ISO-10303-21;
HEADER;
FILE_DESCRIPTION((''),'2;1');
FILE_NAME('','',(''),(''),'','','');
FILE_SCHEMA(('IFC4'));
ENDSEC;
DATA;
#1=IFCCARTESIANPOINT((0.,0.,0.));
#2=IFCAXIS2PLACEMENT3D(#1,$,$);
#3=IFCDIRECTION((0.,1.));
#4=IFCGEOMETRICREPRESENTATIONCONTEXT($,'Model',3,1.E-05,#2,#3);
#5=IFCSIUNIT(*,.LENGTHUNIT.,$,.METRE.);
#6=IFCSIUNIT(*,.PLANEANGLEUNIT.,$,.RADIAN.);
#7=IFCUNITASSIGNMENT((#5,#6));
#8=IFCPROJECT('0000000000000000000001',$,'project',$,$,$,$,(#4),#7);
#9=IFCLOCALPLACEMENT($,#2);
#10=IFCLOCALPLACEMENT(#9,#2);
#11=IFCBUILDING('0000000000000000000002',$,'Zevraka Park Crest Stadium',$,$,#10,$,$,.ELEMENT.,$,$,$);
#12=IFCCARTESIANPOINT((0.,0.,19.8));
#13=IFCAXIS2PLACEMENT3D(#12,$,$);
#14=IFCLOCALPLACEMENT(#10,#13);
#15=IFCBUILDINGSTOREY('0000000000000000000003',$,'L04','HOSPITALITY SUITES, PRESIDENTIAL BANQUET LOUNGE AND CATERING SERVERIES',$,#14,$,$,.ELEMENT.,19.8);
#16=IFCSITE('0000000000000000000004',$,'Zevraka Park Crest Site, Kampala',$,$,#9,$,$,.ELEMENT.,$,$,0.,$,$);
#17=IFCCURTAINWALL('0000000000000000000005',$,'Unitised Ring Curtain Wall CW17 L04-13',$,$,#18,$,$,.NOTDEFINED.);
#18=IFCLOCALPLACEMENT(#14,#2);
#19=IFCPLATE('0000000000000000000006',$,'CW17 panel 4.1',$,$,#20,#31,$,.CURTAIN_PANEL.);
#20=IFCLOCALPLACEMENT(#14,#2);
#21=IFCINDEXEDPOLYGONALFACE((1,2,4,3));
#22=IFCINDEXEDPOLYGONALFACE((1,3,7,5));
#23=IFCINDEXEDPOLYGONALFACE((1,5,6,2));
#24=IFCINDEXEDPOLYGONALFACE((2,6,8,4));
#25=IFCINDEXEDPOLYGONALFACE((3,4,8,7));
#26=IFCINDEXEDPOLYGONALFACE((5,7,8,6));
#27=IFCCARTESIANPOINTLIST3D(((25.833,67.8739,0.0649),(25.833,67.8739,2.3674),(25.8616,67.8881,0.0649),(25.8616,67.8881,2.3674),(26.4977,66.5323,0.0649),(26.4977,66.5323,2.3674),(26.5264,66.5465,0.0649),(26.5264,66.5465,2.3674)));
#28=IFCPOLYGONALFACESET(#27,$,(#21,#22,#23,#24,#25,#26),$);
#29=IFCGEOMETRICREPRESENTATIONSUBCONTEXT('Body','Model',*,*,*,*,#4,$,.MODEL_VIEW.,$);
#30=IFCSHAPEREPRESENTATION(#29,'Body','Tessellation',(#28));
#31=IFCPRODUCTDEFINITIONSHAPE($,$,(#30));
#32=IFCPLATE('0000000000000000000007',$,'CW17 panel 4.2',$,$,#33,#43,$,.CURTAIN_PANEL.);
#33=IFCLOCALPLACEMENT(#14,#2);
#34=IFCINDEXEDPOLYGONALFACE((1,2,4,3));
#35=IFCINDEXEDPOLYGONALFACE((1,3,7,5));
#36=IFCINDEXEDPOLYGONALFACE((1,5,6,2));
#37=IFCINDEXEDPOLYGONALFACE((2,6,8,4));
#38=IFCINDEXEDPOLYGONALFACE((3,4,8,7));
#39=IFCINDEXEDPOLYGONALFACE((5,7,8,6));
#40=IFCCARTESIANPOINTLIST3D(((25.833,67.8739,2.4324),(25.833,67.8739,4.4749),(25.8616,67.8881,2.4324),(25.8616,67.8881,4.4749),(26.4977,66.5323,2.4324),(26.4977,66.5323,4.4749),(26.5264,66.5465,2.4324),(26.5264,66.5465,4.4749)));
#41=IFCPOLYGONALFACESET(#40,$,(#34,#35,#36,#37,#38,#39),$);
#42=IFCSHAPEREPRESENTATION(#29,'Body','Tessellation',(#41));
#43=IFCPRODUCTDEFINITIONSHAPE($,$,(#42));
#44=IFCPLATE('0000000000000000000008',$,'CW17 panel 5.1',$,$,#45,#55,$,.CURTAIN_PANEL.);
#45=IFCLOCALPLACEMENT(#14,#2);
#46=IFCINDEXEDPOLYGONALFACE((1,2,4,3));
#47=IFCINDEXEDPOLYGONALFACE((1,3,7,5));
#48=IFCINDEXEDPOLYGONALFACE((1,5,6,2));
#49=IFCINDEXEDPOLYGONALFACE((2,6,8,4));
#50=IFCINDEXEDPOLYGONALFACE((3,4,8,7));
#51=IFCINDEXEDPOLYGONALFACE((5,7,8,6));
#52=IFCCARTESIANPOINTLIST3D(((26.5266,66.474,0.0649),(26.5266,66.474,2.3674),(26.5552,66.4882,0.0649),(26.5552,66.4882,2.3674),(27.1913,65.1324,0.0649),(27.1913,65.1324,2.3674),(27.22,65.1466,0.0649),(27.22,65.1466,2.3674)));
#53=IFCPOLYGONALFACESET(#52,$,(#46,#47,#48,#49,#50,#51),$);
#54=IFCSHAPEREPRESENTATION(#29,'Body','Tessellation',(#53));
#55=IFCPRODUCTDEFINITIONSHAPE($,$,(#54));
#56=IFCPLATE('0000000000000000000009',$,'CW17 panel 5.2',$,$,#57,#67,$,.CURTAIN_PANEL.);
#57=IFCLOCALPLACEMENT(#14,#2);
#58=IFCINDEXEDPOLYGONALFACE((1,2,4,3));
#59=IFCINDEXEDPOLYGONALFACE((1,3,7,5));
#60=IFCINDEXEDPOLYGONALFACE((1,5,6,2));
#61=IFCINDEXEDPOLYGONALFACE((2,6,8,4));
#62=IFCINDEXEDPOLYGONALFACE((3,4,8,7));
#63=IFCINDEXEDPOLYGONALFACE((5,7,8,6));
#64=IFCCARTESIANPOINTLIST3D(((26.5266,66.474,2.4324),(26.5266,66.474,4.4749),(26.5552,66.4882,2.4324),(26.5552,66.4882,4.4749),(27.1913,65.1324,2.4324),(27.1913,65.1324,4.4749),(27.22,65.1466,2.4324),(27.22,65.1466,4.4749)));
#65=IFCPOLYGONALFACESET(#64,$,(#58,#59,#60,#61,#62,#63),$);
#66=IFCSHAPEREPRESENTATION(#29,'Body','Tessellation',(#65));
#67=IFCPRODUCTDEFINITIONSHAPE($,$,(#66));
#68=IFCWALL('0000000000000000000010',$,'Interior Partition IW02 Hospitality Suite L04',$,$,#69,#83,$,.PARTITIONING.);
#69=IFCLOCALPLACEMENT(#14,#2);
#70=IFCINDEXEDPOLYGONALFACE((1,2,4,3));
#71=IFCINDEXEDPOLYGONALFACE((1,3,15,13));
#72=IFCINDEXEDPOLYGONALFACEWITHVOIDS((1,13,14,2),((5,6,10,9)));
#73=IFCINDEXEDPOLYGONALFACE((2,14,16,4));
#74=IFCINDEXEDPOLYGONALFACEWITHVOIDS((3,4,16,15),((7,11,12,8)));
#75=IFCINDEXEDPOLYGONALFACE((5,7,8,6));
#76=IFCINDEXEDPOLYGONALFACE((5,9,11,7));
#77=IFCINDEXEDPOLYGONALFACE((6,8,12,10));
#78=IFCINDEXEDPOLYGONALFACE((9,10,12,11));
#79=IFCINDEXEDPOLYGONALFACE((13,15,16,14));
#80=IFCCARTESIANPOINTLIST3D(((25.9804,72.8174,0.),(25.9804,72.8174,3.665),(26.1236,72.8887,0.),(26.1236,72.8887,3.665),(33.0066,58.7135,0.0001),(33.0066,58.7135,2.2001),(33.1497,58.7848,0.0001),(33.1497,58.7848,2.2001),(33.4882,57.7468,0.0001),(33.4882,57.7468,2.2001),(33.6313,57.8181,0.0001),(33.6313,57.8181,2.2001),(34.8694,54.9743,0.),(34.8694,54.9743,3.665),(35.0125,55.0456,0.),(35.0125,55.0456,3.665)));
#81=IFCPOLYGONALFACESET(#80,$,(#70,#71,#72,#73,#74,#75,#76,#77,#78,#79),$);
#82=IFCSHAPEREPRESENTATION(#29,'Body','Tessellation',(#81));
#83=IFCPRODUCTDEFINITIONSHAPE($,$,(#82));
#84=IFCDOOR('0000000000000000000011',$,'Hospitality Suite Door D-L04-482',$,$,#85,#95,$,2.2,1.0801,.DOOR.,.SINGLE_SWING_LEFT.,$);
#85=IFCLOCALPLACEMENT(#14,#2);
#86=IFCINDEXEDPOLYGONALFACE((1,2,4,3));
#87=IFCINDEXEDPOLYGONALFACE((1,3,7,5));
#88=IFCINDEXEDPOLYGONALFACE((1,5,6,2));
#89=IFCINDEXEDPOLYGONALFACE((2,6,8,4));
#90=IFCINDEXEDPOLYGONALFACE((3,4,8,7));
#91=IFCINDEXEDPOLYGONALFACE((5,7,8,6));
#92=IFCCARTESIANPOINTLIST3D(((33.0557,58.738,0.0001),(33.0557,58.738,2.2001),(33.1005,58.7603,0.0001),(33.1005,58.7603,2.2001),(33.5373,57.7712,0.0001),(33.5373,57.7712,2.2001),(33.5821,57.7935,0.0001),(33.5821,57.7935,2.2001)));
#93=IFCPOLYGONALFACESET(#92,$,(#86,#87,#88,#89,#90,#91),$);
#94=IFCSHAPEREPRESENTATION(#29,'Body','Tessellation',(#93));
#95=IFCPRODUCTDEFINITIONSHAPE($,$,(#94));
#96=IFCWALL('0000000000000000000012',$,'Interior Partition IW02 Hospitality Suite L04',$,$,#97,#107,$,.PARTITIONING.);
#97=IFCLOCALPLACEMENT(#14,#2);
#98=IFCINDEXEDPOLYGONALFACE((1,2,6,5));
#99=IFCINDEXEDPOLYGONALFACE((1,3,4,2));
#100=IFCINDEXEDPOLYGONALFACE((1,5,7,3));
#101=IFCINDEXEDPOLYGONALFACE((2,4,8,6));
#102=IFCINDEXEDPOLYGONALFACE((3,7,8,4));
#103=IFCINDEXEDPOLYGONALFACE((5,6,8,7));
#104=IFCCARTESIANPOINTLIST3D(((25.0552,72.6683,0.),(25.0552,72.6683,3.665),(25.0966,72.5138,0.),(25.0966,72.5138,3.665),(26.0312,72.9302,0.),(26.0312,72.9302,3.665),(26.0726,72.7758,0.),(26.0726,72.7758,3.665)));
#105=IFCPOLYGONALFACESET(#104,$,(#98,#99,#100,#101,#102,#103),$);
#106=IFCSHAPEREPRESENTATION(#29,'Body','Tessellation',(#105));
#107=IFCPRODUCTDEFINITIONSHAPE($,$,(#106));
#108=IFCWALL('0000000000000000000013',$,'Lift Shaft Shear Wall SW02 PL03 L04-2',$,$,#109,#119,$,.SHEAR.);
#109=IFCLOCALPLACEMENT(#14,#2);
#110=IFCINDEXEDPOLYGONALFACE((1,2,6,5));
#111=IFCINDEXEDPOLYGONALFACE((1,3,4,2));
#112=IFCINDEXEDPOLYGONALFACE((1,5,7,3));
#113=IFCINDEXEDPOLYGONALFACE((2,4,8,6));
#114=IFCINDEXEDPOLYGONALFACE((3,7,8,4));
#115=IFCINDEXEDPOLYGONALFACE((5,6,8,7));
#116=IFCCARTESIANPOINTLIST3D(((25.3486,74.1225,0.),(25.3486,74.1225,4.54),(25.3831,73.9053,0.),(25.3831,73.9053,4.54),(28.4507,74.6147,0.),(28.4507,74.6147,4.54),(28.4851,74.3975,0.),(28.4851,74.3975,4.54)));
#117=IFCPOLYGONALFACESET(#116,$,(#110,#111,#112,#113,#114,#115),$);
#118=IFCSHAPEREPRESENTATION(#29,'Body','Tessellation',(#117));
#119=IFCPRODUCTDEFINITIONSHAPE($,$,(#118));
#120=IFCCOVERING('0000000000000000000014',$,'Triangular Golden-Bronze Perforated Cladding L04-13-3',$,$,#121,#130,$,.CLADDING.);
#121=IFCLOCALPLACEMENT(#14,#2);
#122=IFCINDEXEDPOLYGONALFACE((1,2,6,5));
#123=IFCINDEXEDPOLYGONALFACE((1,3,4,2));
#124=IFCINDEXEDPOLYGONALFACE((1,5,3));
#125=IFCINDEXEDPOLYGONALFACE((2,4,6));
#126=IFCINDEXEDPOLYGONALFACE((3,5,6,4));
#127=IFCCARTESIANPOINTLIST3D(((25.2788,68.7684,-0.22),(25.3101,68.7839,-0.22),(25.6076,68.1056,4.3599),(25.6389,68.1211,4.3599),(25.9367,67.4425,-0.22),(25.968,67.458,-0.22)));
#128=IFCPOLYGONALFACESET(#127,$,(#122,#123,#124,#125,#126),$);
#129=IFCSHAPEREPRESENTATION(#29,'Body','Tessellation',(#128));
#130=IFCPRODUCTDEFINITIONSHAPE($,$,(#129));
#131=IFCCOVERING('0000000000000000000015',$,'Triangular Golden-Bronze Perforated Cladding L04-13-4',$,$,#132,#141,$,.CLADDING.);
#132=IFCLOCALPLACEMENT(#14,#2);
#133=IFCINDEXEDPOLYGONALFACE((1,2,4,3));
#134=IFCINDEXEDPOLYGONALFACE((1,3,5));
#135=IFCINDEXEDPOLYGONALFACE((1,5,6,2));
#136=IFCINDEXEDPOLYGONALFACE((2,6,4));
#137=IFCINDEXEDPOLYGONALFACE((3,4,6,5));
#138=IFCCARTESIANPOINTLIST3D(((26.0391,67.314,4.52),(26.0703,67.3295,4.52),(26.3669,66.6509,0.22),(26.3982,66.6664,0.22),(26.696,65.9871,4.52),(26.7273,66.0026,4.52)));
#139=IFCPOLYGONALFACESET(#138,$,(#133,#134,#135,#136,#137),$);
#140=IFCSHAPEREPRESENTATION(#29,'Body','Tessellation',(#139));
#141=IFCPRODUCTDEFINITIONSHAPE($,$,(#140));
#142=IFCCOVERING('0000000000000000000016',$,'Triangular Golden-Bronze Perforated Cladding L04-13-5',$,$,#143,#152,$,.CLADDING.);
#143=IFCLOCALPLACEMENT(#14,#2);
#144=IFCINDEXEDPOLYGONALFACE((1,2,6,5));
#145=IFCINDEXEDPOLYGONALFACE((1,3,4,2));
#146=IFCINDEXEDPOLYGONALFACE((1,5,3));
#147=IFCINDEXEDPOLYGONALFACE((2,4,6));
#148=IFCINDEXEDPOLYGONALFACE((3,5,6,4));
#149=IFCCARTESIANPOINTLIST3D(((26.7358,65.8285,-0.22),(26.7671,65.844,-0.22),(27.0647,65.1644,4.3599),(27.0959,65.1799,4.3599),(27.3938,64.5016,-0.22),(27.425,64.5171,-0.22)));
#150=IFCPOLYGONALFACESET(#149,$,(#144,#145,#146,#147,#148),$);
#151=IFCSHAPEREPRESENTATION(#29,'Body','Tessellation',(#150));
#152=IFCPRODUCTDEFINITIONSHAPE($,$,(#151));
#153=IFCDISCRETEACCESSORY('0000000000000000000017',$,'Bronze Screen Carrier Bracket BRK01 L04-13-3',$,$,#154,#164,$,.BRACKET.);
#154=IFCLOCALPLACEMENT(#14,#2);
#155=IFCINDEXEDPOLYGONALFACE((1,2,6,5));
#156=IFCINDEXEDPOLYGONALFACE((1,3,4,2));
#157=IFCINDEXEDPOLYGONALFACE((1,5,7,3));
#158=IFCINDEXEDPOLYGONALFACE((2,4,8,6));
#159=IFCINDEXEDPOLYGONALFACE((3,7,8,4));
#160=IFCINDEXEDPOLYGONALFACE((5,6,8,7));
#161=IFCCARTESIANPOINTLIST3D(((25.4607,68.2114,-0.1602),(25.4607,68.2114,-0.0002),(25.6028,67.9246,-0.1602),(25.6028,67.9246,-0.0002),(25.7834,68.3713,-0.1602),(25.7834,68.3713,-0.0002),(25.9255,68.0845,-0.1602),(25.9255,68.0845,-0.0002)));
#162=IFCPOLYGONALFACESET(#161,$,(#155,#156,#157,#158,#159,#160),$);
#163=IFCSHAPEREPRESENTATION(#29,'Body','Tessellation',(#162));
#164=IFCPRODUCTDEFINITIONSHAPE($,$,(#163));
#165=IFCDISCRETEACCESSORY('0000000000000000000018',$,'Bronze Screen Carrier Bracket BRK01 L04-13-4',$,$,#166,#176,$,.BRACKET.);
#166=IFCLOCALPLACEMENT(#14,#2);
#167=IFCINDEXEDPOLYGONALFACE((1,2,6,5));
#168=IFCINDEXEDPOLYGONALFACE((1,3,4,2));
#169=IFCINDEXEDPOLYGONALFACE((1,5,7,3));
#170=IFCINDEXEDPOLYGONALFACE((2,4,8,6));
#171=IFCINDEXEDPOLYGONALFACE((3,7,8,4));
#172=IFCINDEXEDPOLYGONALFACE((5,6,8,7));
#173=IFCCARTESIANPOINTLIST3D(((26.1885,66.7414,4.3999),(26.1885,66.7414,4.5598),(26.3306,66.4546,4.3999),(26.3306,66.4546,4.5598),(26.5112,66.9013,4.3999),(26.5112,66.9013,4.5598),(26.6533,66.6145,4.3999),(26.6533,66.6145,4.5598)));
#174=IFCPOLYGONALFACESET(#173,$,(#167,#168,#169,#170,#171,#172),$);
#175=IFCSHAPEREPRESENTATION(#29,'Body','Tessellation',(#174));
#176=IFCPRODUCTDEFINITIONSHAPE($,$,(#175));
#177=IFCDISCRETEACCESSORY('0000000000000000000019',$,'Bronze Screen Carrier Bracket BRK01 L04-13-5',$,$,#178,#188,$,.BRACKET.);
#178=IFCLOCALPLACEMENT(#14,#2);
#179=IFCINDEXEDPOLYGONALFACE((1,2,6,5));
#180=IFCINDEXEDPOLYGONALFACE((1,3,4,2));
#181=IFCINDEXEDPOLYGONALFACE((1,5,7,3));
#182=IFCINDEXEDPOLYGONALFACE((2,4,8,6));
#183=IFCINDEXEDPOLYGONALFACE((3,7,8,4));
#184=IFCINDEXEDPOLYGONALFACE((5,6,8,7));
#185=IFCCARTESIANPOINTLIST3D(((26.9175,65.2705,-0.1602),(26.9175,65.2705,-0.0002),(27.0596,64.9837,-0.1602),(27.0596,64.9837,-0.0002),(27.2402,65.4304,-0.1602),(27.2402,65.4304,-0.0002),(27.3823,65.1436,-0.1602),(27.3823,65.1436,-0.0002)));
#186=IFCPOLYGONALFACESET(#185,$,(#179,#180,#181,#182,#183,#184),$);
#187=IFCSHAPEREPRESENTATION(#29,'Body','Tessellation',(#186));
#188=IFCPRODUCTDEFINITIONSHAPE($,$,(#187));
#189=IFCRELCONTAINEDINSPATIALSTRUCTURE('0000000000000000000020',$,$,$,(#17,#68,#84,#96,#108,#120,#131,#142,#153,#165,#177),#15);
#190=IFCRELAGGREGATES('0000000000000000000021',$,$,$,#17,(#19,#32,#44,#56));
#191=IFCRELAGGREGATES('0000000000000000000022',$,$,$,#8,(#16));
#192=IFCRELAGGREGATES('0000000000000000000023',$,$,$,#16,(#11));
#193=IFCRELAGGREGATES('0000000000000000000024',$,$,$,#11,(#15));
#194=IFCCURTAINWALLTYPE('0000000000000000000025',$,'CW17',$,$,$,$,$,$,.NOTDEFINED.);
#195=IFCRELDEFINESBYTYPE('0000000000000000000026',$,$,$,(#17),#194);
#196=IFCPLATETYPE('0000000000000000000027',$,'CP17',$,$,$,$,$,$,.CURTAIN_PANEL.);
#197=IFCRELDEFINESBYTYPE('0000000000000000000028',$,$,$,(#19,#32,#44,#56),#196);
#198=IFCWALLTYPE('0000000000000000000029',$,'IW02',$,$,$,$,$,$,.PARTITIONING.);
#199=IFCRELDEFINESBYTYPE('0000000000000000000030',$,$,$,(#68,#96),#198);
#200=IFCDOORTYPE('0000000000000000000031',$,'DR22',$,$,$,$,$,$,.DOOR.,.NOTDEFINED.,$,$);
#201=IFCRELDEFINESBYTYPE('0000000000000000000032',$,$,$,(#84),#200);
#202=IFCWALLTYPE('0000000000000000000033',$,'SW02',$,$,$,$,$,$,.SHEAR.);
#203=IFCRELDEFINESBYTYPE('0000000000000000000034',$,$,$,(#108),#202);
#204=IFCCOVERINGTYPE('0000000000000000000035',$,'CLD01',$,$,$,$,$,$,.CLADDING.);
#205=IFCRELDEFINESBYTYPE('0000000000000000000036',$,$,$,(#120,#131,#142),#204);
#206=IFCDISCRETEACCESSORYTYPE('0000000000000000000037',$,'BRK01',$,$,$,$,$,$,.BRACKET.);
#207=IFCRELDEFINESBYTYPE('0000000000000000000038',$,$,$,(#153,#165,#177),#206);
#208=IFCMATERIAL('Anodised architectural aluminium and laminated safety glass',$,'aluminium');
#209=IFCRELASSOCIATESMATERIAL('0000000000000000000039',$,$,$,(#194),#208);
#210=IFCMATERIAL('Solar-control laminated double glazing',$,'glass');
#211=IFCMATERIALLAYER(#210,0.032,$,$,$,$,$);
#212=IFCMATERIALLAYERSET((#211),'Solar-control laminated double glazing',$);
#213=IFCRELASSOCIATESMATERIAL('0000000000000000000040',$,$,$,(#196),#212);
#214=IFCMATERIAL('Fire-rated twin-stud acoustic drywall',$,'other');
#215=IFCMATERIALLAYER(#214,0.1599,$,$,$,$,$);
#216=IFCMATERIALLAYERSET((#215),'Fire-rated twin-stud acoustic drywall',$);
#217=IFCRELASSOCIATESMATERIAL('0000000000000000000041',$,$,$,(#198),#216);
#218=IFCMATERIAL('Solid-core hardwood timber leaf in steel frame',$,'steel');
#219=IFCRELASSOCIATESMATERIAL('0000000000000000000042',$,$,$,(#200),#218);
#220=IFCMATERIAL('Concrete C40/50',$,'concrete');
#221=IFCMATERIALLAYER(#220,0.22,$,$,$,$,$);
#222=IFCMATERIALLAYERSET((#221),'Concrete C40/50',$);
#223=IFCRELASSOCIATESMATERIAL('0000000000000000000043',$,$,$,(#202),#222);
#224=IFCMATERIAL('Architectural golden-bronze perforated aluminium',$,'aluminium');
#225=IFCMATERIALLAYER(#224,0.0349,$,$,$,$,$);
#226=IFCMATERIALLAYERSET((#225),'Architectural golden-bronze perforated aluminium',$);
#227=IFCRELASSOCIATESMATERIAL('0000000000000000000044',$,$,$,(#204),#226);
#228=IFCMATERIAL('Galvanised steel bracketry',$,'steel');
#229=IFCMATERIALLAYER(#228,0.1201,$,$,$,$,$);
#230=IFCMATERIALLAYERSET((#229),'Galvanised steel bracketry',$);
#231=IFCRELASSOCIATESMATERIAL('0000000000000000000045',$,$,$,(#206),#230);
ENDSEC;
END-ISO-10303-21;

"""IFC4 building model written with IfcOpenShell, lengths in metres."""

from ifc_helpers import new_model, si_unit, direction, frame, frame_2d, origin, origin_2d, place, context, subcontext, project, spatial, polyline, rectangle, outline, extrude, material, layer, layer_set, type_object, element, fill, aggregate, save


model = new_model("IFC4")

# Units and contexts
model_context = context("Model", 3, precision=1e-05, world=origin(), true_north=direction((0.0, 1.0)))
body_context = subcontext(model_context, "Body", "Model", "MODEL_VIEW")
ifc_project = project(units=[si_unit("LENGTHUNIT", "METRE"), si_unit("PLANEANGLEUNIT", "RADIAN")], contexts=[model_context])

# Site, building, storey
site_placement = place(None, origin())
site = spatial("IfcSite", under=ifc_project, at=site_placement, Name="Zevraka Park Crest Site, Kampala", CompositionType="ELEMENT", RefElevation=0.0)
building_placement = place(site_placement, origin())
building = spatial("IfcBuilding", under=site, at=building_placement, Name="Zevraka Park Crest Stadium", CompositionType="ELEMENT")
storey_placement = place(building_placement, frame((0.0, 0.0, 19.8)))
storey = spatial("IfcBuildingStorey", under=building, at=storey_placement, Name="L04", Description="HOSPITALITY SUITES, PRESIDENTIAL BANQUET LOUNGE AND CATERING SERVERIES", CompositionType="ELEMENT", Elevation=19.8)

# Curtain wall, plates
ifc_material_1 = material(Name="Anodised architectural aluminium and laminated safety glass", Category="aluminium")
curtain_wall_type = type_object("IfcCurtainWallType", Name="CW17", PredefinedType="NOTDEFINED", material=ifc_material_1)
curtain_wall_placement = place(storey_placement, origin())
curtain_wall = element("IfcCurtainWall", 1, at=curtain_wall_placement, inside=storey, type_object=curtain_wall_type, Name="Unitised Ring Curtain Wall CW17 L04-13", PredefinedType="NOTDEFINED")
ifc_material_2 = material(Name="Solar-control laminated double glazing", Category="glass")
ifc_layer_1 = layer(ifc_material_2, 0.032)
ifc_layer_set_1 = layer_set([ifc_layer_1], Name="Solar-control laminated double glazing")
plate_type = type_object("IfcPlateType", Name="CP17", PredefinedType="CURTAIN_PANEL", material=ifc_layer_set_1)
plate_1_placement = place(storey_placement, frame((26.1797, 67.2102, 0.0649), z_axis=(0.0, 0.0, 1.0), x_axis=(0.443961, -0.896046, 0.0)))
plate_1 = element("IfcPlate", 2, at=plate_1_placement, type_object=plate_type, Name="CW17 panel 4.1", PredefinedType="CURTAIN_PANEL", context=body_context, shape_type="SweptSolid", body=[
    extrude(rectangle(XDim=1.4973, YDim=0.032, at=origin_2d()), origin(), (0.0, 0.0, 1.0), 2.3025),
])
plate_2_placement = place(storey_placement, frame((26.1797, 67.2102, 2.4324), z_axis=(0.0, 0.0, 1.0), x_axis=(0.443961, -0.896046, 0.0)))
plate_2 = element("IfcPlate", 3, at=plate_2_placement, type_object=plate_type, Name="CW17 panel 4.2", PredefinedType="CURTAIN_PANEL", context=body_context, shape_type="SweptSolid", body=[
    extrude(rectangle(XDim=1.4973, YDim=0.032, at=origin_2d()), origin(), (0.0, 0.0, 1.0), 2.0425),
])
plate_3_placement = place(storey_placement, frame((26.8733, 65.8103, 0.0649), z_axis=(0.0, 0.0, 1.0), x_axis=(0.443961, -0.896046, 0.0)))
plate_3 = element("IfcPlate", 4, at=plate_3_placement, type_object=plate_type, Name="CW17 panel 5.1", PredefinedType="CURTAIN_PANEL", context=body_context, shape_type="SweptSolid", body=[
    extrude(rectangle(XDim=1.4973, YDim=0.032, at=origin_2d()), origin(), (0.0, 0.0, 1.0), 2.3025),
])
plate_4_placement = place(storey_placement, frame((26.8733, 65.8103, 2.4324), z_axis=(0.0, 0.0, 1.0), x_axis=(0.443961, -0.896046, 0.0)))
plate_4 = element("IfcPlate", 5, at=plate_4_placement, type_object=plate_type, Name="CW17 panel 5.2", PredefinedType="CURTAIN_PANEL", context=body_context, shape_type="SweptSolid", body=[
    extrude(rectangle(XDim=1.4973, YDim=0.032, at=origin_2d()), origin(), (0.0, 0.0, 1.0), 2.0425),
])
aggregate(curtain_wall, [plate_1, plate_2, plate_3, plate_4])

# Wall, opening, door
ifc_material_3 = material(Name="Fire-rated twin-stud acoustic drywall", Category="other")
ifc_layer_2 = layer(ifc_material_3, 0.1599)
ifc_layer_set_2 = layer_set([ifc_layer_2], Name="Fire-rated twin-stud acoustic drywall")
wall_type_1 = type_object("IfcWallType", Name="IW02", PredefinedType="PARTITIONING", material=ifc_layer_set_2)
wall_1_placement = place(storey_placement, frame((26.052, 72.853, 0.0), z_axis=(0.0, 0.0, 1.0), x_axis=(0.445905, -0.89508, 0.0)))
wall_1 = element("IfcWall", 6, at=wall_1_placement, inside=storey, type_object=wall_type_1, Name="Interior Partition IW02 Hospitality Suite L04", PredefinedType="PARTITIONING", context=body_context, shape_type="SweptSolid", body=[
    extrude(rectangle(XDim=19.9346, YDim=0.1599, at=frame_2d((9.9673, 0.0))), origin(), (0.0, 0.0, 1.0), 3.665),
])
opening_placement = place(wall_1_placement, frame((15.7571, 0.0, 0.0)))
opening = element("IfcOpeningElement", 7, at=opening_placement, cuts=wall_1, PredefinedType="OPENING", context=body_context, shape_type="SweptSolid", body=[
    extrude(rectangle(XDim=1.0801, YDim=2.2, at=frame_2d((0.54, 1.1001))), frame((0.0, 0.0898, 0.0), z_axis=(0.0, -1.0, 0.0), x_axis=(1.0, 0.0, 0.0)), (0.0, 0.0, 1.0), 0.1799),
])
ifc_material_4 = material(Name="Solid-core hardwood timber leaf in steel frame", Category="steel")
door_type = type_object("IfcDoorType", Name="DR22", OperationType="NOTDEFINED", PredefinedType="DOOR", material=ifc_material_4)
door_placement = place(opening_placement, origin())
door = element("IfcDoor", 8, at=door_placement, inside=storey, type_object=door_type, Name="Hospitality Suite Door D-L04-482", OperationType="SINGLE_SWING_LEFT", OverallHeight=2.2, OverallWidth=1.0801, PredefinedType="DOOR", context=body_context, shape_type="SweptSolid", body=[
    extrude(rectangle(XDim=1.0801, YDim=2.2, at=frame_2d((0.54, 1.1001))), frame((0.0, 0.0249, 0.0), z_axis=(0.0, -1.0, 0.0), x_axis=(1.0, 0.0, 0.0)), (0.0, 0.0, 1.0), 0.05),
])
fill(opening, door)

# Walls
wall_2_placement = place(storey_placement, frame((26.052, 72.853, 0.0), z_axis=(0.0, 0.0, 1.0), x_axis=(-0.965821, -0.259211, 0.0)))
element("IfcWall", 9, at=wall_2_placement, inside=storey, type_object=wall_type_1, Name="Interior Partition IW02 Hospitality Suite L04", PredefinedType="PARTITIONING", context=body_context, shape_type="SweptSolid", body=[
    extrude(rectangle(XDim=1.0105, YDim=0.1599, at=frame_2d((0.5054, 0.0))), origin(), (0.0, 0.0, 1.0), 3.665),
])
ifc_material_5 = material(Name="Concrete C40/50", Category="concrete")
ifc_layer_3 = layer(ifc_material_5, 0.22)
ifc_layer_set_3 = layer_set([ifc_layer_3], Name="Concrete C40/50")
wall_type_2 = type_object("IfcWallType", Name="SW02", PredefinedType="SHEAR", material=ifc_layer_set_3)
wall_3_placement = place(storey_placement, frame((25.366, 74.0139, 0.0), z_axis=(0.0, 0.0, 1.0), x_axis=(0.987645, 0.156705, 0.0)))
element("IfcWall", 10, at=wall_3_placement, inside=storey, type_object=wall_type_2, Name="Lift Shaft Shear Wall SW02 PL03 L04-2", PredefinedType="SHEAR", context=body_context, shape_type="SweptSolid", body=[
    extrude(rectangle(XDim=3.1409, YDim=0.22, at=frame_2d((1.5703, 0.0))), origin(), (0.0, 0.0, 1.0), 4.54),
])

# Coverings
ifc_material_6 = material(Name="Architectural golden-bronze perforated aluminium", Category="aluminium")
ifc_layer_4 = layer(ifc_material_6, 0.0349)
ifc_layer_set_4 = layer_set([ifc_layer_4], Name="Architectural golden-bronze perforated aluminium")
covering_type = type_object("IfcCoveringType", Name="CLD01", PredefinedType="CLADDING", material=ifc_layer_set_4)
covering_1_placement = place(storey_placement, frame((25.3101, 68.7839, -0.22), z_axis=(0.895776, 0.444507, 0.000012), x_axis=(0.444507, -0.895776, 0.0)))
element("IfcCovering", 11, at=covering_1_placement, inside=storey, type_object=covering_type, Name="Triangular Golden-Bronze Perforated Cladding L04-13-3", PredefinedType="CLADDING", context=body_context, shape_type="SweptSolid", body=[
    extrude(outline(polyline([(0.0, 0.0), (1.4802, 0.0), (0.7399, -4.5798), (0.0, 0.0)])), origin(), (0.0, 0.0, -1.0), 0.0349),
])
covering_2_placement = place(storey_placement, frame((26.696, 65.9871, 4.52), z_axis=(-0.896168, -0.443715, 0.000089), x_axis=(-0.443715, 0.896168, 0.0)))
element("IfcCovering", 12, at=covering_2_placement, inside=storey, type_object=covering_type, Name="Triangular Golden-Bronze Perforated Cladding L04-13-4", PredefinedType="CLADDING", context=body_context, shape_type="SweptSolid", body=[
    extrude(outline(polyline([(0.0, 0.0), (1.4806, 0.0), (0.7409, 4.3), (0.0, 0.0)])), origin(), (0.0, 0.0, -1.0), 0.0349),
])
covering_3_placement = place(storey_placement, frame((26.7671, 65.844, -0.22), z_axis=(0.895906, 0.444244, 0.000083), x_axis=(0.444244, -0.895906, 0.0)))
element("IfcCovering", 13, at=covering_3_placement, inside=storey, type_object=covering_type, Name="Triangular Golden-Bronze Perforated Cladding L04-13-5", PredefinedType="CLADDING", context=body_context, shape_type="SweptSolid", body=[
    extrude(outline(polyline([(0.0, 0.0), (1.4811, 0.0), (0.741, -4.5798), (0.0, 0.0)])), origin(), (0.0, 0.0, -1.0), 0.0349),
])

# Discrete accessories
ifc_material_7 = material(Name="Galvanised steel bracketry", Category="steel")
ifc_layer_5 = layer(ifc_material_7, 0.1201)
ifc_layer_set_5 = layer_set([ifc_layer_5], Name="Galvanised steel bracketry")
discrete_accessory_type = type_object("IfcDiscreteAccessoryType", Name="BRK01", PredefinedType="BRACKET", material=ifc_layer_set_5)
for number, where, z_axis, x_axis, name in (
    (14, (25.6931, 68.1479, -0.1602), (0.0, 0.0, 1.0), (0.44401, -0.896022, 0.0), "Bronze Screen Carrier Bracket BRK01 L04-13-3"),
    (15, (26.4209, 66.678, 4.3999), (0.0, 0.0, 1.0), (0.44401, -0.896022, 0.0), "Bronze Screen Carrier Bracket BRK01 L04-13-4"),
    (16, (27.1499, 65.207, -0.1602), (0.0, 0.0, 1.0), (0.44401, -0.896022, 0.0), "Bronze Screen Carrier Bracket BRK01 L04-13-5"),
):
    element("IfcDiscreteAccessory", number, at=place(storey_placement, frame(where, z_axis=z_axis, x_axis=x_axis)), inside=storey, type_object=discrete_accessory_type, Name=name, PredefinedType="BRACKET", context=body_context, shape_type="SweptSolid", body=[
        extrude(rectangle(XDim=0.3201, YDim=0.3601, at=origin_2d()), origin(), (0.0, 0.0, 1.0), 0.1599),
    ])

save(model, "model.ifc")
